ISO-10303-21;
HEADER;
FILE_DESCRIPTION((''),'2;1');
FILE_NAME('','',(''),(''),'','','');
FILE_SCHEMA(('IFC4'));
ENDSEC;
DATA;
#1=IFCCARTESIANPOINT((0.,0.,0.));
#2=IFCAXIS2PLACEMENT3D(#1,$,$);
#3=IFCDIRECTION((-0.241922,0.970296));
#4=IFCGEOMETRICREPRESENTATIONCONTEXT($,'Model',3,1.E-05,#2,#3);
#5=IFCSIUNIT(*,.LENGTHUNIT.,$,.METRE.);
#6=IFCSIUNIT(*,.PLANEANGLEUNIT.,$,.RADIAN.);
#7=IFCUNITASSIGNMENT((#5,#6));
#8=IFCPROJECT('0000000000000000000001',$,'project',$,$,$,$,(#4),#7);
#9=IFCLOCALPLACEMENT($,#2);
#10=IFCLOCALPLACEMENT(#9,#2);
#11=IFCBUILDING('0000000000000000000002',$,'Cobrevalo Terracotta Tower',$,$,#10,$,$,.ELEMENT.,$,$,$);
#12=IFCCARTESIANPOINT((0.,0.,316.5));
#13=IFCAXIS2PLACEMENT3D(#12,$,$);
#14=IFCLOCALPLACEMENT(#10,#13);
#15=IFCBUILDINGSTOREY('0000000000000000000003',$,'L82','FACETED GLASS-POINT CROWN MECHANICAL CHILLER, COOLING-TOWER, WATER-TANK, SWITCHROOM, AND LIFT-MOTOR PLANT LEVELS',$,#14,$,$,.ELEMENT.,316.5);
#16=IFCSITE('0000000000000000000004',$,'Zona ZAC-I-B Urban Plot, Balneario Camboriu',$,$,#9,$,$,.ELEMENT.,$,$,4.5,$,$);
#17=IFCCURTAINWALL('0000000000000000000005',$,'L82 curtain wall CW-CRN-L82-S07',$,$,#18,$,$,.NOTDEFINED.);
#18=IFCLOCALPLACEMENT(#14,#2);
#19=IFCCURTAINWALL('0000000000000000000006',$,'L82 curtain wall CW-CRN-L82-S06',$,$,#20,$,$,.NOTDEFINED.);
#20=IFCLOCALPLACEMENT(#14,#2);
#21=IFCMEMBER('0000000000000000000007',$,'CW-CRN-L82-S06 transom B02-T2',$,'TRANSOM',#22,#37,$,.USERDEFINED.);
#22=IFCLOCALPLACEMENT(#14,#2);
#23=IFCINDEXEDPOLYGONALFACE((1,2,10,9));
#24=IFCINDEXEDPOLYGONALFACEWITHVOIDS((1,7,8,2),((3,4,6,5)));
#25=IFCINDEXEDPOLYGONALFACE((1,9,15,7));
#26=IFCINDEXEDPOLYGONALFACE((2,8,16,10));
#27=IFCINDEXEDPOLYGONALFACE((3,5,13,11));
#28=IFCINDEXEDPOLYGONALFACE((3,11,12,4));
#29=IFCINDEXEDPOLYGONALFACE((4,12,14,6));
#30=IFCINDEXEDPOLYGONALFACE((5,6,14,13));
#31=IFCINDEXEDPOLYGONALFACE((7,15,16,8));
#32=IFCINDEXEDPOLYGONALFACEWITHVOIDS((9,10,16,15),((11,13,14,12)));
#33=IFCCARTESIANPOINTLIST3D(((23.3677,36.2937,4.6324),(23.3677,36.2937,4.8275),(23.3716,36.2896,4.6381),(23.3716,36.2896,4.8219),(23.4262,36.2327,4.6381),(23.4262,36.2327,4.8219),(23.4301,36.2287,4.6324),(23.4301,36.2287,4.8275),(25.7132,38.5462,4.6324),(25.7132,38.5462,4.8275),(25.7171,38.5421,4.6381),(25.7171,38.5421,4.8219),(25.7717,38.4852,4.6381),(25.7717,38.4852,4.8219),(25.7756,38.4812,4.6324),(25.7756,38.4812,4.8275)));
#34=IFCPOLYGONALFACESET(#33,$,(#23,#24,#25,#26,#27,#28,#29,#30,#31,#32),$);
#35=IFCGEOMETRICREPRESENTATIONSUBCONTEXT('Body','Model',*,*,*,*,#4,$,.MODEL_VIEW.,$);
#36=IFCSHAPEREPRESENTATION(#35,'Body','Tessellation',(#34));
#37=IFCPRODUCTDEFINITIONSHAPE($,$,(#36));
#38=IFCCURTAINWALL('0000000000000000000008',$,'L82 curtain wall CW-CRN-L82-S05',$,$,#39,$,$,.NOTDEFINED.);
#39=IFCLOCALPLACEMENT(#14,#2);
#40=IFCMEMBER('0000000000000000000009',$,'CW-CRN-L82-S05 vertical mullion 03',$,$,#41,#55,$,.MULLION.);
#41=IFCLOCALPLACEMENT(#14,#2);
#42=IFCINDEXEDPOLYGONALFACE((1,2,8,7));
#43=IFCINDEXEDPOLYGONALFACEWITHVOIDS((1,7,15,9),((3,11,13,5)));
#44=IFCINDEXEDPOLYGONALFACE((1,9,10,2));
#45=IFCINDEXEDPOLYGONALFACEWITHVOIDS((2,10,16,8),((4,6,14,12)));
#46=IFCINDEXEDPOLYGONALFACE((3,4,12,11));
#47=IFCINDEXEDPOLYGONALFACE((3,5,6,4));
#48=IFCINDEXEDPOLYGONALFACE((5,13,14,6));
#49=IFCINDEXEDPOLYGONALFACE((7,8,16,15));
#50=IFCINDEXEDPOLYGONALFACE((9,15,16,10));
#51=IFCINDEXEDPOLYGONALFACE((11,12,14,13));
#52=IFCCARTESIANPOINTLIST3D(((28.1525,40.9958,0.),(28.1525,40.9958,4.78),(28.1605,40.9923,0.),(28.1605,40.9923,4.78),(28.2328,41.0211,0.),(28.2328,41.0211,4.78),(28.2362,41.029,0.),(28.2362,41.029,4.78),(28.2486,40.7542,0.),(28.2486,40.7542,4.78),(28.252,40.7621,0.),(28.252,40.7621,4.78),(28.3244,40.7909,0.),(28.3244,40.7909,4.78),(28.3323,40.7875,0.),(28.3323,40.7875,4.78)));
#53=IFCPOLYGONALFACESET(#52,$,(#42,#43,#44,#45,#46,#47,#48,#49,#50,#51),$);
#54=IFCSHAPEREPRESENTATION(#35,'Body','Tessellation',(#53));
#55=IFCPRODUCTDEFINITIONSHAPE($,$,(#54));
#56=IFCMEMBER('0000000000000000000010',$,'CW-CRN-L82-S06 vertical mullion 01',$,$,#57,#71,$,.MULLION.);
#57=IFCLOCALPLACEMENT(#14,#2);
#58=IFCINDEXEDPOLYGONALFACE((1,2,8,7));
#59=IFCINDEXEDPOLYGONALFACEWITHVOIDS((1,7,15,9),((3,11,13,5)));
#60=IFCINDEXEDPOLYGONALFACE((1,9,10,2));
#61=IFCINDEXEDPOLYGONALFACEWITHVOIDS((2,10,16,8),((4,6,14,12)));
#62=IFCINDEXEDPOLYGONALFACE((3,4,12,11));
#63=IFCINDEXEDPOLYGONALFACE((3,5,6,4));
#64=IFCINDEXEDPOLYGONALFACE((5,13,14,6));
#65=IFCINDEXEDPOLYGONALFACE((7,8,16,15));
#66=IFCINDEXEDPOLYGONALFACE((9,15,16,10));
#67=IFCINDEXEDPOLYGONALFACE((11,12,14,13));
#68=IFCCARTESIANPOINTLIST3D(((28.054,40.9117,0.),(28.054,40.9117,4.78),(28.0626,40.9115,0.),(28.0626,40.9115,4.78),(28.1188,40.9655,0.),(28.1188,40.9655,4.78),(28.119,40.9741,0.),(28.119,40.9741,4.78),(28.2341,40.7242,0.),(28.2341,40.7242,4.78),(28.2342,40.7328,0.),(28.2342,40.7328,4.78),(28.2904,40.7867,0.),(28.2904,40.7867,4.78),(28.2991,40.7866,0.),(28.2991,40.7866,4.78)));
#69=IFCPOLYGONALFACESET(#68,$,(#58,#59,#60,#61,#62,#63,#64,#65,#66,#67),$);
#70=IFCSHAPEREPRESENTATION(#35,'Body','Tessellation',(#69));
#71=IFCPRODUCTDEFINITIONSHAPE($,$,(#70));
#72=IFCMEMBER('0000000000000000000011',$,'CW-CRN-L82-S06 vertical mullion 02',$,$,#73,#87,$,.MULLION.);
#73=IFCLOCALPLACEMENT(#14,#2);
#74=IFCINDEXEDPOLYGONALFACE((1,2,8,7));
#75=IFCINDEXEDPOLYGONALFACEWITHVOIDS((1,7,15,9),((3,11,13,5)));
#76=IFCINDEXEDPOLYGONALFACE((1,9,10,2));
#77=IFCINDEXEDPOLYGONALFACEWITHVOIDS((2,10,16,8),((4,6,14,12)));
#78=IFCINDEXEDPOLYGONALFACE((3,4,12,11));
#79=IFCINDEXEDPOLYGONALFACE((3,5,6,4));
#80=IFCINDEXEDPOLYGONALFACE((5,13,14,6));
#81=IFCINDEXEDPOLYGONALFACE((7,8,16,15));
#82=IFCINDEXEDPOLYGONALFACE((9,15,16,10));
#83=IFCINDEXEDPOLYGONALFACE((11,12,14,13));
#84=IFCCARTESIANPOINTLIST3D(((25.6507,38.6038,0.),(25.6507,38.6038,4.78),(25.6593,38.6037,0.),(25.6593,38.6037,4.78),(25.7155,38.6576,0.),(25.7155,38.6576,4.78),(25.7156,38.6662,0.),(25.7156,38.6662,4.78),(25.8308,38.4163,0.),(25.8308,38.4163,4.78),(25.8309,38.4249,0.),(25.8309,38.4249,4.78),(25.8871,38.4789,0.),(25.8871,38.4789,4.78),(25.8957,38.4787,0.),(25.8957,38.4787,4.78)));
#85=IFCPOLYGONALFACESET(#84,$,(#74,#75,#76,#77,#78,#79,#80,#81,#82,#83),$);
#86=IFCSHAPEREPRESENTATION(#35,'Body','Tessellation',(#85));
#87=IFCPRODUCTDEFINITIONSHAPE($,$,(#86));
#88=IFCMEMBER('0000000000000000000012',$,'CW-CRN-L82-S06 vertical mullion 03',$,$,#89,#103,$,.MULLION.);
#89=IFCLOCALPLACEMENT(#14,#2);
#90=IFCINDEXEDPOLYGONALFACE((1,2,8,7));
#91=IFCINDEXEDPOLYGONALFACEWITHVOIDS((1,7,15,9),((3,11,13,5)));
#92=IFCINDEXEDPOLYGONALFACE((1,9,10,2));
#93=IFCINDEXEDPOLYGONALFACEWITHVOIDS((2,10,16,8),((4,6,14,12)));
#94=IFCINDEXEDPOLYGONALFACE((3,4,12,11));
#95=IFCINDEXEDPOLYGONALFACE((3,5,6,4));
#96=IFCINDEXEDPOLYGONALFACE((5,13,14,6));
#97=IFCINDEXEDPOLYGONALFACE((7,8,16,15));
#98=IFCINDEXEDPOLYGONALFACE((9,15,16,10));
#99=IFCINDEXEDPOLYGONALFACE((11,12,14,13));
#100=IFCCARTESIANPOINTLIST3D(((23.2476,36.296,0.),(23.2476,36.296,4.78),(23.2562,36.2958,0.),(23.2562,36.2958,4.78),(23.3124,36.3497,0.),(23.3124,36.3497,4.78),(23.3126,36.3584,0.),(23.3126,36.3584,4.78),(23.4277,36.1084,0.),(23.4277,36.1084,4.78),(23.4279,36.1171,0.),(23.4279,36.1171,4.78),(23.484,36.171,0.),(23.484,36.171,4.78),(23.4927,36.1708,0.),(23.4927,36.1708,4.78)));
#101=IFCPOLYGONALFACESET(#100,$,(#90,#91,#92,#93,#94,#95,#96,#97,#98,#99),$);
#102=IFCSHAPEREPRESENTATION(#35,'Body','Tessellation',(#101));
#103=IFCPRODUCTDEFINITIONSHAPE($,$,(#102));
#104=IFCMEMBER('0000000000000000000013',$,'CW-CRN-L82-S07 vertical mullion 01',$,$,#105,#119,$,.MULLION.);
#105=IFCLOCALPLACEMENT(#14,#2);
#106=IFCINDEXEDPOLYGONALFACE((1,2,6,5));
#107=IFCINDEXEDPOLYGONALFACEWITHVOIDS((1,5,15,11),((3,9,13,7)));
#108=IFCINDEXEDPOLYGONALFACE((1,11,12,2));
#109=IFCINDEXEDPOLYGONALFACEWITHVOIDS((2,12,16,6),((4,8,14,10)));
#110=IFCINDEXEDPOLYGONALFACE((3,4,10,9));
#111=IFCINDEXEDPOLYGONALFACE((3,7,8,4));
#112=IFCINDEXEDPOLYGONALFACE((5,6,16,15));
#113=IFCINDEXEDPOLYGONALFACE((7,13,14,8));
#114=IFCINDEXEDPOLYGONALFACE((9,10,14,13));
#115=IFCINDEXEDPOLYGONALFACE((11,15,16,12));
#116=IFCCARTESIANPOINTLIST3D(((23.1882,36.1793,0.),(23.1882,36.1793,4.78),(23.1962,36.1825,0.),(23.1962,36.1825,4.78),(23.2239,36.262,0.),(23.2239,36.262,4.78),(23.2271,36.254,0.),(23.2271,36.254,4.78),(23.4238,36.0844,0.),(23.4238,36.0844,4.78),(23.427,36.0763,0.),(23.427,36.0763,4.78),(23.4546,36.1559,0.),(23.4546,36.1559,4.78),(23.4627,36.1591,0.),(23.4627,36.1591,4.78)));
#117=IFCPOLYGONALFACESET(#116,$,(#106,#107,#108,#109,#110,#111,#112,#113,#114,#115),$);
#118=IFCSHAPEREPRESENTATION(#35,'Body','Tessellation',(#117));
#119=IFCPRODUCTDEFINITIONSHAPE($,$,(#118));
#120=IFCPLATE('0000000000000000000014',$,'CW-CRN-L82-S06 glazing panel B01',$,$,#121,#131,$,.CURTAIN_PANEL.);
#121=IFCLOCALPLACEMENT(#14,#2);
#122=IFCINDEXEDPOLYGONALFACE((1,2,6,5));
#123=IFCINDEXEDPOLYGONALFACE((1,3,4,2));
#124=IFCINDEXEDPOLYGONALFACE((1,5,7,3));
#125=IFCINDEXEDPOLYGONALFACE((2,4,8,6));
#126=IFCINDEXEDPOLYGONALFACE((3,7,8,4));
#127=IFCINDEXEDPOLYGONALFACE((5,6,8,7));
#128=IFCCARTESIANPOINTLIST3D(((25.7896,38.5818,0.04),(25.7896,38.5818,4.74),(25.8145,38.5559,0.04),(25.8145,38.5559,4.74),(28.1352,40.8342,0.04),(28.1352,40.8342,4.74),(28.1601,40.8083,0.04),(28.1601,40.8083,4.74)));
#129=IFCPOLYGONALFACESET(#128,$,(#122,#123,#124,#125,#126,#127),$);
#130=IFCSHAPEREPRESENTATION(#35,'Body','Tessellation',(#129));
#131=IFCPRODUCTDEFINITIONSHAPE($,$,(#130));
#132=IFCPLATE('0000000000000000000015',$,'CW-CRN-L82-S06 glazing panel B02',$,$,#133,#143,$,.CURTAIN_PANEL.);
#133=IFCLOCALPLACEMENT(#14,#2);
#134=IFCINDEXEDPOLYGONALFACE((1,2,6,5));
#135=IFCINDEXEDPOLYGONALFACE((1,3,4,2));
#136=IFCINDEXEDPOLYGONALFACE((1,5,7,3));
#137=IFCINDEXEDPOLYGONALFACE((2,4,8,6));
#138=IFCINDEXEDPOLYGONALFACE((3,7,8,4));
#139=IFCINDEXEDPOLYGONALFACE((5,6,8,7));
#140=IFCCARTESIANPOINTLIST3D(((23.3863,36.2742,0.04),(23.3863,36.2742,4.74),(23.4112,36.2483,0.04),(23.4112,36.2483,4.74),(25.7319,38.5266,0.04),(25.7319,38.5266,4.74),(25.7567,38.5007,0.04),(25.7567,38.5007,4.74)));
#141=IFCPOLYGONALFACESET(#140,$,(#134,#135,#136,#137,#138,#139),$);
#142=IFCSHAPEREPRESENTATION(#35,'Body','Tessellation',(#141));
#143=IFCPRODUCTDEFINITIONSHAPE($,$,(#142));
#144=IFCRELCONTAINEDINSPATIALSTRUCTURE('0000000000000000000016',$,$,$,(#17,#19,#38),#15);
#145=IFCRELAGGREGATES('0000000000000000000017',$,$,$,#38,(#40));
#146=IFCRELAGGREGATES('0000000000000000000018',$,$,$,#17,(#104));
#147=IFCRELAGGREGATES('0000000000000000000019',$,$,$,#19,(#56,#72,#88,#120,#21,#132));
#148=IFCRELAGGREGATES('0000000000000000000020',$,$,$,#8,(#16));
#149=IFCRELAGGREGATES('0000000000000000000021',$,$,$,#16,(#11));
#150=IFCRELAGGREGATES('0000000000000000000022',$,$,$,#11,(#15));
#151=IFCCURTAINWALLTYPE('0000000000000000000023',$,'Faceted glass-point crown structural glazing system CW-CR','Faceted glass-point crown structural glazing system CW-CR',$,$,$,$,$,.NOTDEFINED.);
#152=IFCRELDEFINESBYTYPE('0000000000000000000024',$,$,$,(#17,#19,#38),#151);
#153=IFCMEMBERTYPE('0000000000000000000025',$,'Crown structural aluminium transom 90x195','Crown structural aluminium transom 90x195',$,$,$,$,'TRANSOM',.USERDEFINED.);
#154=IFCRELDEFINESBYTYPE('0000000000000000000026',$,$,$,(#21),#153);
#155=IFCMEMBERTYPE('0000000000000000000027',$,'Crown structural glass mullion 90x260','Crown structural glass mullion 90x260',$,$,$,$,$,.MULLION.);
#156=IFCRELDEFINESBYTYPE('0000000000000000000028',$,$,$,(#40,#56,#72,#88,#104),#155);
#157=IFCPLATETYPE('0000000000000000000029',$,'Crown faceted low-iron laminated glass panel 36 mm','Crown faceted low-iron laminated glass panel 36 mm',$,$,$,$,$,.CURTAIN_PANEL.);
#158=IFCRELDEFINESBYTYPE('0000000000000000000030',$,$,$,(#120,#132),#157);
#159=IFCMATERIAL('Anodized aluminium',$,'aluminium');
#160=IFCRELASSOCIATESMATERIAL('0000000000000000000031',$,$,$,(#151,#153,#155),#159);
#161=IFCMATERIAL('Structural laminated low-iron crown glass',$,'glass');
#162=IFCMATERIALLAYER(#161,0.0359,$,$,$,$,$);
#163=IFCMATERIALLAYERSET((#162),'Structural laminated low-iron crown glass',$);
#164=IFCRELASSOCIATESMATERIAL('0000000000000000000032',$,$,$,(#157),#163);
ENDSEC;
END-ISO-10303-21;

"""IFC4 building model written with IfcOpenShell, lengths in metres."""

from ifc_helpers import new_model, si_unit, direction, frame, origin, origin_2d, place, context, subcontext, project, spatial, rectangle, hollow_rectangle, extrude, source, transform, mapped, material, layer, layer_set, material_profile, profile_set, type_object, element, aggregate, save


model = new_model("IFC4")

# Units and contexts
model_context = context("Model", 3, precision=1e-05, world=origin(), true_north=direction((-0.241922, 0.970296)))
body_context = subcontext(model_context, "Body", "Model", "MODEL_VIEW")
ifc_project = project(units=[si_unit("LENGTHUNIT", "METRE"), si_unit("PLANEANGLEUNIT", "RADIAN")], contexts=[model_context])

# Site, building, storey
site_placement = place(None, origin())
site = spatial("IfcSite", under=ifc_project, at=site_placement, Name="Zona ZAC-I-B Urban Plot, Balneario Camboriu", CompositionType="ELEMENT", RefElevation=4.5)
building_placement = place(site_placement, origin())
building = spatial("IfcBuilding", under=site, at=building_placement, Name="Cobrevalo Terracotta Tower", CompositionType="ELEMENT")
storey_placement = place(building_placement, frame((0.0, 0.0, 316.5)))
storey = spatial("IfcBuildingStorey", under=building, at=storey_placement, Name="L82", Description="FACETED GLASS-POINT CROWN MECHANICAL CHILLER, COOLING-TOWER, WATER-TANK, SWITCHROOM, AND LIFT-MOTOR PLANT LEVELS", CompositionType="ELEMENT", Elevation=316.5)

# Curtain walls, member
ifc_material_1 = material(Name="Anodized aluminium", Category="aluminium")
curtain_wall_type = type_object("IfcCurtainWallType", Name="Faceted glass-point crown structural glazing system CW-CR", Description="Faceted glass-point crown structural glazing system CW-CR", PredefinedType="NOTDEFINED", material=ifc_material_1)
curtain_wall_1_placement = place(storey_placement, origin())
curtain_wall_1 = element("IfcCurtainWall", 1, at=curtain_wall_1_placement, inside=storey, type_object=curtain_wall_type, Name="L82 curtain wall CW-CRN-L82-S07", PredefinedType="NOTDEFINED")
ifc_material_profile_1 = material_profile(ifc_material_1, hollow_rectangle(XDim=0.0901, YDim=0.1951, WallThickness=0.0056, at=origin_2d()), Name="CWT 90x195")
ifc_profile_set_1 = profile_set([ifc_material_profile_1], Name="Anodized aluminium")
member_type_1 = type_object("IfcMemberType", Name="Crown structural aluminium transom 90x195", Description="Crown structural aluminium transom 90x195", ElementType="TRANSOM", PredefinedType="USERDEFINED", material=ifc_profile_set_1)
curtain_wall_2_placement = place(storey_placement, origin())
curtain_wall_2 = element("IfcCurtainWall", 2, at=curtain_wall_2_placement, inside=storey, type_object=curtain_wall_type, Name="L82 curtain wall CW-CRN-L82-S06", PredefinedType="NOTDEFINED")
shared_shape_1 = source(origin(), body_context, "Body", "SweptSolid", [
    extrude(hollow_rectangle(XDim=0.0901, YDim=0.1951, WallThickness=0.0056, at=origin_2d()), origin(), (0.0, 0.0, 1.0), 3.252),
])
member_1_placement = place(storey_placement, frame((25.7444, 38.5137, 4.73), z_axis=(-0.721264, -0.69266, 0.0), x_axis=(0.69266, -0.721264, 0.0)))
member_1 = element("IfcMember", 3, at=member_1_placement, type_object=member_type_1, Name="CW-CRN-L82-S06 transom B02-T2", ObjectType="TRANSOM", PredefinedType="USERDEFINED", context=body_context, shape_type="MappedRepresentation", body=[
    mapped(shared_shape_1, transform((0.0, 0.0, 0.0), scale=1.0)),
])

# Curtain wall, member
curtain_wall_3_placement = place(storey_placement, origin())
curtain_wall_3 = element("IfcCurtainWall", 4, at=curtain_wall_3_placement, inside=storey, type_object=curtain_wall_type, Name="L82 curtain wall CW-CRN-L82-S05", PredefinedType="NOTDEFINED")
ifc_material_profile_2 = material_profile(ifc_material_1, hollow_rectangle(XDim=0.0901, YDim=0.26, WallThickness=0.0061, at=origin_2d()), Name="CWM 90x260")
ifc_profile_set_2 = profile_set([ifc_material_profile_2], Name="Anodized aluminium")
member_type_2 = type_object("IfcMemberType", Name="Crown structural glass mullion 90x260", Description="Crown structural glass mullion 90x260", PredefinedType="MULLION", material=ifc_profile_set_2)
shared_shape_2 = source(origin(), body_context, "Body", "SweptSolid", [
    extrude(hollow_rectangle(XDim=0.0901, YDim=0.26, WallThickness=0.0061, at=origin_2d()), origin(), (0.0, 0.0, 1.0), 4.78),
])
member_2_placement = place(storey_placement, frame((28.2424, 40.8916, 0.0), z_axis=(0.0, 0.0, 1.0), x_axis=(-0.929191, -0.369601, 0.0)))
member_2 = element("IfcMember", 5, at=member_2_placement, type_object=member_type_2, Name="CW-CRN-L82-S05 vertical mullion 03", PredefinedType="MULLION", context=body_context, shape_type="MappedRepresentation", body=[
    mapped(shared_shape_2, transform((0.0, 0.0, 0.0), scale=1.0)),
])
aggregate(curtain_wall_3, [member_2])

# Members
member_3_placement = place(storey_placement, frame((28.1765, 40.8491, 0.0), z_axis=(0.0, 0.0, 1.0), x_axis=(-0.721277, -0.692647, 0.0)))
member_3 = element("IfcMember", 6, at=member_3_placement, type_object=member_type_2, Name="CW-CRN-L82-S06 vertical mullion 01", PredefinedType="MULLION", context=body_context, shape_type="MappedRepresentation", body=[
    mapped(shared_shape_2, transform((0.0, 0.0, 0.0), scale=1.0)),
])
member_4_placement = place(storey_placement, frame((25.7732, 38.5413, 0.0), z_axis=(0.0, 0.0, 1.0), x_axis=(-0.721277, -0.692647, 0.0)))
member_4 = element("IfcMember", 7, at=member_4_placement, type_object=member_type_2, Name="CW-CRN-L82-S06 vertical mullion 02", PredefinedType="MULLION", context=body_context, shape_type="MappedRepresentation", body=[
    mapped(shared_shape_2, transform((0.0, 0.0, 0.0), scale=1.0)),
])
member_5_placement = place(storey_placement, frame((23.3701, 36.2334, 0.0), z_axis=(0.0, 0.0, 1.0), x_axis=(-0.721277, -0.692647, 0.0)))
member_5 = element("IfcMember", 8, at=member_5_placement, type_object=member_type_2, Name="CW-CRN-L82-S06 vertical mullion 03", PredefinedType="MULLION", context=body_context, shape_type="MappedRepresentation", body=[
    mapped(shared_shape_2, transform((0.0, 0.0, 0.0), scale=1.0)),
])
member_6_placement = place(storey_placement, frame((23.3254, 36.1692, 0.0), z_axis=(0.0, 0.0, 1.0), x_axis=(-0.396058, -0.918225, 0.0)))
member_6 = element("IfcMember", 9, at=member_6_placement, type_object=member_type_2, Name="CW-CRN-L82-S07 vertical mullion 01", PredefinedType="MULLION", context=body_context, shape_type="MappedRepresentation", body=[
    mapped(shared_shape_2, transform((0.0, 0.0, 0.0), scale=1.0)),
])
aggregate(curtain_wall_1, [member_6])

# Plates
ifc_material_2 = material(Name="Structural laminated low-iron crown glass", Category="glass")
ifc_layer_1 = layer(ifc_material_2, 0.0359)
ifc_layer_set_1 = layer_set([ifc_layer_1], Name="Structural laminated low-iron crown glass")
plate_type = type_object("IfcPlateType", Name="Crown faceted low-iron laminated glass panel 36 mm", Description="Crown faceted low-iron laminated glass panel 36 mm", PredefinedType="CURTAIN_PANEL", material=ifc_layer_set_1)
shared_shape_3 = source(origin(), body_context, "Body", "SweptSolid", [
    extrude(rectangle(XDim=3.252, YDim=0.0359, at=origin_2d()), origin(), (0.0, 0.0, 1.0), 4.7),
])
plate_1_placement = place(storey_placement, frame((26.9749, 39.6951, 0.04), z_axis=(0.0, 0.0, 1.0), x_axis=(-0.72128, -0.692643, 0.0)))
plate_1 = element("IfcPlate", 10, at=plate_1_placement, type_object=plate_type, Name="CW-CRN-L82-S06 glazing panel B01", PredefinedType="CURTAIN_PANEL", context=body_context, shape_type="MappedRepresentation", body=[
    mapped(shared_shape_3, transform((0.0, 0.0, 0.0), scale=1.0)),
])
plate_2_placement = place(storey_placement, frame((24.5715, 37.3875, 0.04), z_axis=(0.0, 0.0, 1.0), x_axis=(-0.72128, -0.692643, 0.0)))
plate_2 = element("IfcPlate", 11, at=plate_2_placement, type_object=plate_type, Name="CW-CRN-L82-S06 glazing panel B02", PredefinedType="CURTAIN_PANEL", context=body_context, shape_type="MappedRepresentation", body=[
    mapped(shared_shape_3, transform((0.0, 0.0, 0.0), scale=1.0)),
])
aggregate(curtain_wall_2, [member_3, member_4, member_5, plate_1, member_1, plate_2])

save(model, "model.ifc")
